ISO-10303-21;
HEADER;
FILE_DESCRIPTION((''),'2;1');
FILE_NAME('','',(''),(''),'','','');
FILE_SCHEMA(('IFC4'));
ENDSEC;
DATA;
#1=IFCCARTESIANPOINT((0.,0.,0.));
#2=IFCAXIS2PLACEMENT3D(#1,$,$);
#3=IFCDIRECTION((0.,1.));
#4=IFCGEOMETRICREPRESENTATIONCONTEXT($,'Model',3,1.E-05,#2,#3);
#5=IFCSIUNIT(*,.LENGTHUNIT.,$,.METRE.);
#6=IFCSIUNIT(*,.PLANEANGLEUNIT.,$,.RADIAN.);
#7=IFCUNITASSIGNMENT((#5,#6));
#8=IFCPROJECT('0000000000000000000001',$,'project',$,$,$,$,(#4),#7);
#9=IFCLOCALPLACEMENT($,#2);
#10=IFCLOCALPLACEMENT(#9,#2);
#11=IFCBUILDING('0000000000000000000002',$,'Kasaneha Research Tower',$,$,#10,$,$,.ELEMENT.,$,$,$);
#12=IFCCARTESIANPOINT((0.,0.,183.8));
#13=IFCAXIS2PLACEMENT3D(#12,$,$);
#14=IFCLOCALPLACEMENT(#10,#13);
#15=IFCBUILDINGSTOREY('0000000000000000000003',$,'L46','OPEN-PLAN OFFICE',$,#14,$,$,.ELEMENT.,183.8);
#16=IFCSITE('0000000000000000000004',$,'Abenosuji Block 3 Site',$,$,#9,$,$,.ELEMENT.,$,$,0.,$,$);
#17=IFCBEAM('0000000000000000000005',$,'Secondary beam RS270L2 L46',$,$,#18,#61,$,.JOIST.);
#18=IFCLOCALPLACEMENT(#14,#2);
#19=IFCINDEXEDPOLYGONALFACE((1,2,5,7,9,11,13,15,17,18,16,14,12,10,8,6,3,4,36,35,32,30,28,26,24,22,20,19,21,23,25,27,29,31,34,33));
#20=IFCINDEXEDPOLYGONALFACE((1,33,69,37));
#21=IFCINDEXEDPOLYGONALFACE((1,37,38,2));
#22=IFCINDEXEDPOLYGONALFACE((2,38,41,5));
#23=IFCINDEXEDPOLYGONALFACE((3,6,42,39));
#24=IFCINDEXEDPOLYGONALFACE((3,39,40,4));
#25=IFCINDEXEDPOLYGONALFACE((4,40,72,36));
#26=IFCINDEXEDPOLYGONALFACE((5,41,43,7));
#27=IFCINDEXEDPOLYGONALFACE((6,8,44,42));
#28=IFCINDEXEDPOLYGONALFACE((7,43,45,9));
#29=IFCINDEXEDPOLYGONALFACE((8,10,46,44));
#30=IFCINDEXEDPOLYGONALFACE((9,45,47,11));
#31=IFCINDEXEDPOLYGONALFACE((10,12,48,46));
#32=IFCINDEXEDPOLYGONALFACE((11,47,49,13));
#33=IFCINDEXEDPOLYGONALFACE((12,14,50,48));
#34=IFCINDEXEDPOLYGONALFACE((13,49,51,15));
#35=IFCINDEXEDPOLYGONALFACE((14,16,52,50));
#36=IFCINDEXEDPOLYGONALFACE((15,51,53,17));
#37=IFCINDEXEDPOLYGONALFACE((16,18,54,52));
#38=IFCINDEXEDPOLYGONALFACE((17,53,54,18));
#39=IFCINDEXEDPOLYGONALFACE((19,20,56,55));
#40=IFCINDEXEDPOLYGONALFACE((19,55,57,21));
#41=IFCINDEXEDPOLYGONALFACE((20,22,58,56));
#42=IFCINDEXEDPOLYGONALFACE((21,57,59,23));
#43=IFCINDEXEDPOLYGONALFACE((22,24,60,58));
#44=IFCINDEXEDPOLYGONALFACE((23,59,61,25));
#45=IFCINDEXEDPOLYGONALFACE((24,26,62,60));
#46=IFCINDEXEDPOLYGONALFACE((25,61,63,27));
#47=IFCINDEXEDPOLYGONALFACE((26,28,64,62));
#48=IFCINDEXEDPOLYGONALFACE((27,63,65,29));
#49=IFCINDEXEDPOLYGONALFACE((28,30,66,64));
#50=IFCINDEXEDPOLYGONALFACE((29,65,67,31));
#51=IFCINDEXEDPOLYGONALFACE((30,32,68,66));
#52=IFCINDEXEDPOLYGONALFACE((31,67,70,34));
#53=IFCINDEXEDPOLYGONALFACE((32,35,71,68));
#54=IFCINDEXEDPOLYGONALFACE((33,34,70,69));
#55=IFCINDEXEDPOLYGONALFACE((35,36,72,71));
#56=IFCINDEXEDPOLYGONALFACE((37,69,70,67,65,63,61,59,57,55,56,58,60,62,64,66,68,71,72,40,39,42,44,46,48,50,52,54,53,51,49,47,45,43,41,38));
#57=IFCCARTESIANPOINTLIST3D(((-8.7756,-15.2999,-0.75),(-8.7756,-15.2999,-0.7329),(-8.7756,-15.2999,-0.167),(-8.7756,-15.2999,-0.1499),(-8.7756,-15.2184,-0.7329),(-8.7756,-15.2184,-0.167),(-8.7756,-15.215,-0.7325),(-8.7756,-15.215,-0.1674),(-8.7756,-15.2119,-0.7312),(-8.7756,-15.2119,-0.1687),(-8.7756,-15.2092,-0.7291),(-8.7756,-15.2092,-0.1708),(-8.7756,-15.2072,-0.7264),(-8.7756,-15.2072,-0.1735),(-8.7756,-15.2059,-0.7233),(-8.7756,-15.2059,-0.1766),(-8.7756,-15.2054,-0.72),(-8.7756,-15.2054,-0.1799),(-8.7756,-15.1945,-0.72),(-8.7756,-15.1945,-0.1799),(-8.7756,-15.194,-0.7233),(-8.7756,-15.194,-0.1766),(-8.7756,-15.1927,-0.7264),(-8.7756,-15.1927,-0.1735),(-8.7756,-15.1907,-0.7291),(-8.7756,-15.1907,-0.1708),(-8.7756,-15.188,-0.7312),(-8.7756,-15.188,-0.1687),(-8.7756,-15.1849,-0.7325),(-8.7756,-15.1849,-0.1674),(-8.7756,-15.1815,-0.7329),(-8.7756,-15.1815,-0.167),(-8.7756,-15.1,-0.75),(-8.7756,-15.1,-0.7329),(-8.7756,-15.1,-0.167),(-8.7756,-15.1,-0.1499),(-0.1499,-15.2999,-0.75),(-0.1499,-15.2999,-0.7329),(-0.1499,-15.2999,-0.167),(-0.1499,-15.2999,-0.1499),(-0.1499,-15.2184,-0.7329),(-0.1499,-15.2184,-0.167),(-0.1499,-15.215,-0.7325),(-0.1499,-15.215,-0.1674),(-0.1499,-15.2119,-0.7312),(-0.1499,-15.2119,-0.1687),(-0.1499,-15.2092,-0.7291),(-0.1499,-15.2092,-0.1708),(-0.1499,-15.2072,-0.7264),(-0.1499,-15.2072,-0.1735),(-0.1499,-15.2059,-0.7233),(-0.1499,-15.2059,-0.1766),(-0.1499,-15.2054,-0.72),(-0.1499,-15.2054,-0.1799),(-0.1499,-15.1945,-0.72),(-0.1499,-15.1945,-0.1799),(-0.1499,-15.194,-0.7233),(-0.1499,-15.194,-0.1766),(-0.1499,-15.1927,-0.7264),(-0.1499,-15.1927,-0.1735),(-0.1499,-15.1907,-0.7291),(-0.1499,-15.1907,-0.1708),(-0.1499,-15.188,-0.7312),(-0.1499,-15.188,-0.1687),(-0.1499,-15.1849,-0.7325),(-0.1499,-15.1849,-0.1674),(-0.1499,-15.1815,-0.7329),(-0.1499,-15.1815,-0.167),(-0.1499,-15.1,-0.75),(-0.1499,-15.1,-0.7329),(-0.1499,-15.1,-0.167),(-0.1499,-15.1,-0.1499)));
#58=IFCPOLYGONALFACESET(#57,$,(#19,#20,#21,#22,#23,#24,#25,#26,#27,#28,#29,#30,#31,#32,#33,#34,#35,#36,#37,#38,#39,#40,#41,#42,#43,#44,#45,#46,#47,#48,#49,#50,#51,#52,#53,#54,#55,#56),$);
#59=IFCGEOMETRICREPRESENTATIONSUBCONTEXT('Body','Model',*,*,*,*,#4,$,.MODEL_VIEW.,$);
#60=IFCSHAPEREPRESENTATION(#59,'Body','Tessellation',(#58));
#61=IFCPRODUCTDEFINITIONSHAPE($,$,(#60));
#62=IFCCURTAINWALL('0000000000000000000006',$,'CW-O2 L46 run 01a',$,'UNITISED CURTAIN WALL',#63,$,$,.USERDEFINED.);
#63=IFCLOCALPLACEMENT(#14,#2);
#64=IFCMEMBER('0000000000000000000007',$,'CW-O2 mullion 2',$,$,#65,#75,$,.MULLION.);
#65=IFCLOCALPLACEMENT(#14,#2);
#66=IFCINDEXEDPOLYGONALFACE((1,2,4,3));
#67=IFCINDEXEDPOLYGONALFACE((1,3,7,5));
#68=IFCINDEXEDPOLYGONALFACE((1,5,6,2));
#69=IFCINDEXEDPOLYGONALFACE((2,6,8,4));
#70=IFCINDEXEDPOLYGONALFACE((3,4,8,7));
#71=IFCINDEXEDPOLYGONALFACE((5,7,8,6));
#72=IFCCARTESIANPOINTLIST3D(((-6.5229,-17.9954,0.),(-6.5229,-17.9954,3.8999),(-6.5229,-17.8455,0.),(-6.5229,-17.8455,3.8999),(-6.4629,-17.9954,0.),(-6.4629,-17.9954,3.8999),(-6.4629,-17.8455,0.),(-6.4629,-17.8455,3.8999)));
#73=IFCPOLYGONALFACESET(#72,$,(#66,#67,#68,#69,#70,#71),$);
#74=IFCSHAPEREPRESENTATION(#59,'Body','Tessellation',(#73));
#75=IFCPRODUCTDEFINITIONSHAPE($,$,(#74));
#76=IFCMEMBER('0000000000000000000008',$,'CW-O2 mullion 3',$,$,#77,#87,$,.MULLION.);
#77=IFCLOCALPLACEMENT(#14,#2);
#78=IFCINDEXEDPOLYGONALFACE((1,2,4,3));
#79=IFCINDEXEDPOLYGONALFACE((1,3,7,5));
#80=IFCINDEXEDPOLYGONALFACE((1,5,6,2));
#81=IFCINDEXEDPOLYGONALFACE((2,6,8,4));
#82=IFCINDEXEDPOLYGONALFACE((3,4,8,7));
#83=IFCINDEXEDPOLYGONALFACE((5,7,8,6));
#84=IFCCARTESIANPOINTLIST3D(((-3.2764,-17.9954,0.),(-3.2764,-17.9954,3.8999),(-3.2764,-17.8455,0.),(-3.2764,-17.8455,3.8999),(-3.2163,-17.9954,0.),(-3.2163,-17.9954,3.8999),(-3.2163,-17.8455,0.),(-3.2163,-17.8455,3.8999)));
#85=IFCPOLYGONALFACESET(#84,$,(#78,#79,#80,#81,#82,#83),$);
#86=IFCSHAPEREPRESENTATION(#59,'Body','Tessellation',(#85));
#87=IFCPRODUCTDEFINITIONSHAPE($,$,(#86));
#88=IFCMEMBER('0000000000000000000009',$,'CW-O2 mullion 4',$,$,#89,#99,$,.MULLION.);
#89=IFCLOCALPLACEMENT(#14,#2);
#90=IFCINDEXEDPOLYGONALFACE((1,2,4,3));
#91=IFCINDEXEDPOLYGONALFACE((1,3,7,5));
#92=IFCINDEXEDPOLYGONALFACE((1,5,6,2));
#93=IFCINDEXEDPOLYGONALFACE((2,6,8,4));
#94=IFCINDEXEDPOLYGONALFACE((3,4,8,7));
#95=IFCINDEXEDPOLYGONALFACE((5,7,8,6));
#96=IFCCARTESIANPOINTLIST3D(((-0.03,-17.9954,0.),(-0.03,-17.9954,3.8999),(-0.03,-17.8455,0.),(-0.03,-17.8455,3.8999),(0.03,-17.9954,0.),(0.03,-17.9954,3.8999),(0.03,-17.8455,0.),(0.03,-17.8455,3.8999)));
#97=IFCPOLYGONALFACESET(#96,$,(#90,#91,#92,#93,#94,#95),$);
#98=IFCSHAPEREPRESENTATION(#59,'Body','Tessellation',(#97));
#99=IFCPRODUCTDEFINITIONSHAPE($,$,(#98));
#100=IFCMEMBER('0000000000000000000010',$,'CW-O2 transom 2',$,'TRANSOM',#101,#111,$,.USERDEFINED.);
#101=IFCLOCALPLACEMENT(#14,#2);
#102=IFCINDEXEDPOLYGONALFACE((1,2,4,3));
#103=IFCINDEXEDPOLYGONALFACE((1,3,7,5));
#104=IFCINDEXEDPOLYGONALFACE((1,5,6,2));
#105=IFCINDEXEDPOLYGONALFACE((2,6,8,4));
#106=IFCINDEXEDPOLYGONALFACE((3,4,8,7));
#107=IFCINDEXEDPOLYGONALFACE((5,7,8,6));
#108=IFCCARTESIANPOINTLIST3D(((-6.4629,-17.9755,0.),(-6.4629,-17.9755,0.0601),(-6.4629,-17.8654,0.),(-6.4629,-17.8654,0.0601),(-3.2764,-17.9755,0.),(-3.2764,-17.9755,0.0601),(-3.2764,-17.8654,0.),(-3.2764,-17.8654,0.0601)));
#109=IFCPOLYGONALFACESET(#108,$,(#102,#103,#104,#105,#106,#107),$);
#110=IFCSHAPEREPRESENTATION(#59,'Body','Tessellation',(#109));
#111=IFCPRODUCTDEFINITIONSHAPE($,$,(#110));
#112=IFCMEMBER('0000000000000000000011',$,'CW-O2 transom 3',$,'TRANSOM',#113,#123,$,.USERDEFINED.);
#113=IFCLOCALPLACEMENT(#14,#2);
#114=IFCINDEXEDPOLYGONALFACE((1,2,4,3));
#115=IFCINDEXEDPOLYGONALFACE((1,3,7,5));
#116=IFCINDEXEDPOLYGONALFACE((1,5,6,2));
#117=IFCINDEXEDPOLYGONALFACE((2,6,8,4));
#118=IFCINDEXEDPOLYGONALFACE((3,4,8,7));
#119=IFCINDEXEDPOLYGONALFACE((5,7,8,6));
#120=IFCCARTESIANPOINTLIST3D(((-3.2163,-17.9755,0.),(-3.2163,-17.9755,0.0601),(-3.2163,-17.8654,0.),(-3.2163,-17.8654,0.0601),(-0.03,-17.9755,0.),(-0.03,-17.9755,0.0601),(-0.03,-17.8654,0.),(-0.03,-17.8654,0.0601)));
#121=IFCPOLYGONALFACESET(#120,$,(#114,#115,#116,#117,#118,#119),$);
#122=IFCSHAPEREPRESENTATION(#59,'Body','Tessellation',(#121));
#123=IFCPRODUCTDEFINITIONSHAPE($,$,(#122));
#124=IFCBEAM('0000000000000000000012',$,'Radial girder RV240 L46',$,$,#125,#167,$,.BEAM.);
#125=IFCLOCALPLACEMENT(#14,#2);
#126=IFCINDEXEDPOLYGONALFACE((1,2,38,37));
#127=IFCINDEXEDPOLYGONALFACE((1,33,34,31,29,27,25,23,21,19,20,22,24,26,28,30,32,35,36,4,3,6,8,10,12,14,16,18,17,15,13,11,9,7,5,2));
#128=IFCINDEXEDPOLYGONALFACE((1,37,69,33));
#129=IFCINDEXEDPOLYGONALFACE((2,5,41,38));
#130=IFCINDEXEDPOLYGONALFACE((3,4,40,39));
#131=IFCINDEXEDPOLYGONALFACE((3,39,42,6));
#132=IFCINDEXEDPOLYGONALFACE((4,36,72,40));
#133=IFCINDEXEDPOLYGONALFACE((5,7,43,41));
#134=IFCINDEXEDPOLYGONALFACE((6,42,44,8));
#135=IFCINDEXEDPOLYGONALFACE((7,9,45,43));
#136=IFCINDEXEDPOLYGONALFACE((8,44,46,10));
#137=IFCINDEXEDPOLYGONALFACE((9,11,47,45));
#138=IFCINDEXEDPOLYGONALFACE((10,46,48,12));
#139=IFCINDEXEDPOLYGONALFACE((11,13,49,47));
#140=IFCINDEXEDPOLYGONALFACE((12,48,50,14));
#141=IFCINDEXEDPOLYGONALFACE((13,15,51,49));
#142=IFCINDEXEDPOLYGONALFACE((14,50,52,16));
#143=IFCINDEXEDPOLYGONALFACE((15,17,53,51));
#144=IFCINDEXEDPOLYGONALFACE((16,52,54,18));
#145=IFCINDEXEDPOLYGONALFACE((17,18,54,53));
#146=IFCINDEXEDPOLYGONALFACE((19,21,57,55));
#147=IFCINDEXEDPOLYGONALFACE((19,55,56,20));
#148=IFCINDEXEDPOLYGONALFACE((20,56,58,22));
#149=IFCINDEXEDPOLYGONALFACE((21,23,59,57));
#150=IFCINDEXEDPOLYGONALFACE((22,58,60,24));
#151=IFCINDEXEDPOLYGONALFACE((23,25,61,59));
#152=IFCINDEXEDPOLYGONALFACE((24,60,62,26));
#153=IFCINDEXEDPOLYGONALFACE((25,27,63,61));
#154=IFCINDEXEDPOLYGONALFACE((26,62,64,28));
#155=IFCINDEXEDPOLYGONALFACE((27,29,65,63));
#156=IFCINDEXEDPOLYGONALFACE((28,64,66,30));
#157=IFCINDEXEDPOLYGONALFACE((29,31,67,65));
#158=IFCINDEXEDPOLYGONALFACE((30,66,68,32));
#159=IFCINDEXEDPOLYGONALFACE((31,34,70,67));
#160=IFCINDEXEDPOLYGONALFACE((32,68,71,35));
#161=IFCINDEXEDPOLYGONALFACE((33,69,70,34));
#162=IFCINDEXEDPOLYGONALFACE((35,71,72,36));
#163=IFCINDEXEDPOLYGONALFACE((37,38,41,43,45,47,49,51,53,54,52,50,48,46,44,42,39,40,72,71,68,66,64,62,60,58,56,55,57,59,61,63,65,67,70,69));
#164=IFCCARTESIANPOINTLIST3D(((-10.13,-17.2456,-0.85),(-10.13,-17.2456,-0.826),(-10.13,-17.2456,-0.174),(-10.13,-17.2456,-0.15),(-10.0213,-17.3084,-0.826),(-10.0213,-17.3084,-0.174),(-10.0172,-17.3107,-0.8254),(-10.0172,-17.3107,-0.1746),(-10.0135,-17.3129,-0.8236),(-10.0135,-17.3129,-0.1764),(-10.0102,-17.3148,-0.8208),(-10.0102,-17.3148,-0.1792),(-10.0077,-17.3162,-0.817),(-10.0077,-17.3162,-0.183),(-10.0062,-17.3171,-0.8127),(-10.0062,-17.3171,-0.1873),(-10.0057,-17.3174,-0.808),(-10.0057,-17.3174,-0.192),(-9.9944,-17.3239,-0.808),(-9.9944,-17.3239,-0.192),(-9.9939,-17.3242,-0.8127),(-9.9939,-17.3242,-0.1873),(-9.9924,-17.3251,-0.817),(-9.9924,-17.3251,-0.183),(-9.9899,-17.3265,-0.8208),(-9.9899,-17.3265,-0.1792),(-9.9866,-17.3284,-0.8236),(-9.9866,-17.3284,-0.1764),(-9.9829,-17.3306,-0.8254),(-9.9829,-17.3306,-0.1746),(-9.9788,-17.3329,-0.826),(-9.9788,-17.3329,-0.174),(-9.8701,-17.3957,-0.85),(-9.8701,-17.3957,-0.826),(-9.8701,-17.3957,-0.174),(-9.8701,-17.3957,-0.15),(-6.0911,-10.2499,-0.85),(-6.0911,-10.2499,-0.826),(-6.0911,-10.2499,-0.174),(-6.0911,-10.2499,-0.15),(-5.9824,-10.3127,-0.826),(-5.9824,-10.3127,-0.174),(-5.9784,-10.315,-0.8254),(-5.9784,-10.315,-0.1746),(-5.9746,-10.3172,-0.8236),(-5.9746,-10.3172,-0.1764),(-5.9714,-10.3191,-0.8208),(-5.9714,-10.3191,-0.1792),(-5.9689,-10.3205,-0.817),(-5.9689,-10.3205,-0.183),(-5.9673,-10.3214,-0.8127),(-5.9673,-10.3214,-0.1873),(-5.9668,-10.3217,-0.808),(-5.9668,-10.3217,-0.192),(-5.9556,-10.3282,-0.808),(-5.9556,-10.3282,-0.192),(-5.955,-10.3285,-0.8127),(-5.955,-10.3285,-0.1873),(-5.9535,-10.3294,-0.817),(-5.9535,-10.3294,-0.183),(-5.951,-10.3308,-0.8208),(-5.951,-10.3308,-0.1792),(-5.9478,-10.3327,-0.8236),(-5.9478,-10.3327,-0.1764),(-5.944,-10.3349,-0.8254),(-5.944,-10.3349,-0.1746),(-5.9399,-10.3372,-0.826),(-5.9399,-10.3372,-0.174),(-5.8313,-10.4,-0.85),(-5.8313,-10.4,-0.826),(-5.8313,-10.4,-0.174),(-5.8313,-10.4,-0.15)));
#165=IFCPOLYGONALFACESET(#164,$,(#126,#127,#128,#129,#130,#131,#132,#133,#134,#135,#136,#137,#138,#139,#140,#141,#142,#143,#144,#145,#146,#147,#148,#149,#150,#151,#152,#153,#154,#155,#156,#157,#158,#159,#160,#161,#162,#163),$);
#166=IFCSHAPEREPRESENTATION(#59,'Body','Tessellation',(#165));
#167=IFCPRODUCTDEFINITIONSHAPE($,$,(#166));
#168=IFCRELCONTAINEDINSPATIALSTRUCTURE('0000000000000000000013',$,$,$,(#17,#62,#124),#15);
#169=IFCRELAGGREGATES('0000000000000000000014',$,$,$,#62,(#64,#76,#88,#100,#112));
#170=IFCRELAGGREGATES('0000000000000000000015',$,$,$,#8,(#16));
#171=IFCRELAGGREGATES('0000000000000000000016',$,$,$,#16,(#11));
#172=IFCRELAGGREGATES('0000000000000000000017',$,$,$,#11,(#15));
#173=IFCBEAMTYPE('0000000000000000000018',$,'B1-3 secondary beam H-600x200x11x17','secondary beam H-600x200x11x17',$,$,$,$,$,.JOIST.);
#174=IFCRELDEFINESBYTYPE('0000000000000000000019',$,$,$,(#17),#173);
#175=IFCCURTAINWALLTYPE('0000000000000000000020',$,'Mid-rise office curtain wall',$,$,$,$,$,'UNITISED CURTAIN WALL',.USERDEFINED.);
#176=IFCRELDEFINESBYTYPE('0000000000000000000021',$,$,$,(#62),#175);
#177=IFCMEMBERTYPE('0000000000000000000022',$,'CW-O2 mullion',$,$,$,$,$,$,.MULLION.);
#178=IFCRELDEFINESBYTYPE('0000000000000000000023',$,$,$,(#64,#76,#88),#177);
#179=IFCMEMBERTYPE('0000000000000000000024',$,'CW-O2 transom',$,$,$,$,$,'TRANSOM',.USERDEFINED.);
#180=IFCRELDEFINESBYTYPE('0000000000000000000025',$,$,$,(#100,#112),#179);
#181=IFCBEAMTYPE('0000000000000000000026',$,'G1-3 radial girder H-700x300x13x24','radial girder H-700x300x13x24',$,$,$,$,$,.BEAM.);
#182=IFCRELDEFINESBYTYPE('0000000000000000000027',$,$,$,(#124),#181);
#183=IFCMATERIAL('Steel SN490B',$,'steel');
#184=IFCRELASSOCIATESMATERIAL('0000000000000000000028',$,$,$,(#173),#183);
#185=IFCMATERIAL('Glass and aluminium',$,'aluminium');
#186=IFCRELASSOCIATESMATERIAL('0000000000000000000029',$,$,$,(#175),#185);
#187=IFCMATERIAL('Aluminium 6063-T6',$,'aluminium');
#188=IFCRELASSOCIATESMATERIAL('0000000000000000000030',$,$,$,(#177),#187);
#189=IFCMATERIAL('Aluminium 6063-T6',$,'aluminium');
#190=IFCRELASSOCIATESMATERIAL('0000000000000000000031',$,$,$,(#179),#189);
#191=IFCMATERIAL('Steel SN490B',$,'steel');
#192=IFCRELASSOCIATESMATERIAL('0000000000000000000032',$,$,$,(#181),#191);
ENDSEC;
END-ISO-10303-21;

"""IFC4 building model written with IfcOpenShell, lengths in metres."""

from ifc_helpers import new_model, si_unit, direction, frame, origin, origin_2d, place, context, subcontext, project, spatial, rectangle, i_section, extrude, material, material_profile, profile_set, type_object, element, aggregate, save


model = new_model("IFC4")

# Units and contexts
model_context = context("Model", 3, precision=1e-05, world=origin(), true_north=direction((0.0, 1.0)))
body_context = subcontext(model_context, "Body", "Model", "MODEL_VIEW")
ifc_project = project(units=[si_unit("LENGTHUNIT", "METRE"), si_unit("PLANEANGLEUNIT", "RADIAN")], contexts=[model_context])

# Site, building, storey
site_placement = place(None, origin())
site = spatial("IfcSite", under=ifc_project, at=site_placement, Name="Abenosuji Block 3 Site", CompositionType="ELEMENT", RefElevation=0.0)
building_placement = place(site_placement, origin())
building = spatial("IfcBuilding", under=site, at=building_placement, Name="Kasaneha Research Tower", CompositionType="ELEMENT")
storey_placement = place(building_placement, frame((0.0, 0.0, 183.8)))
storey = spatial("IfcBuildingStorey", under=building, at=storey_placement, Name="L46", Description="OPEN-PLAN OFFICE", CompositionType="ELEMENT", Elevation=183.8)

# Beam
ifc_material_1 = material(Name="Steel SN490B", Category="steel")
ifc_material_profile_1 = material_profile(ifc_material_1, i_section(OverallWidth=0.2, OverallDepth=0.6001, WebThickness=0.011, FlangeThickness=0.0171, FilletRadius=0.0129, at=origin_2d()), Name="H-600x200x11x17")
ifc_profile_set_1 = profile_set([ifc_material_profile_1], Name="Steel SN490B")
beam_type_1 = type_object("IfcBeamType", Name="B1-3 secondary beam H-600x200x11x17", Description="secondary beam H-600x200x11x17", PredefinedType="JOIST", material=ifc_profile_set_1)
beam_1_placement = place(storey_placement, frame((-8.7756, -15.2, -0.45), z_axis=(1.0, 0.0, 0.0), x_axis=(0.0, 1.0, 0.0)))
element("IfcBeam", 1, at=beam_1_placement, inside=storey, type_object=beam_type_1, Name="Secondary beam RS270L2 L46", PredefinedType="JOIST", context=body_context, shape_type="SweptSolid", body=[
    extrude(i_section(OverallWidth=0.2, OverallDepth=0.6001, WebThickness=0.011, FlangeThickness=0.0171, FilletRadius=0.0129, at=origin_2d()), origin(), (0.0, 0.0, 1.0), 8.6257),
])

# Curtain wall, members
ifc_material_2 = material(Name="Glass and aluminium", Category="aluminium")
curtain_wall_type = type_object("IfcCurtainWallType", Name="Mid-rise office curtain wall", ElementType="UNITISED CURTAIN WALL", PredefinedType="USERDEFINED", material=ifc_material_2)
curtain_wall_placement = place(storey_placement, origin())
curtain_wall = element("IfcCurtainWall", 2, at=curtain_wall_placement, inside=storey, type_object=curtain_wall_type, Name="CW-O2 L46 run 01a", ObjectType="UNITISED CURTAIN WALL", PredefinedType="USERDEFINED")
ifc_material_3 = material(Name="Aluminium 6063-T6", Category="aluminium")
ifc_material_profile_2 = material_profile(ifc_material_3, rectangle(XDim=0.0601, YDim=0.1499, at=origin_2d()), Name="CW-O2 mullion 60x150")
ifc_profile_set_2 = profile_set([ifc_material_profile_2], Name="Aluminium 6063-T6")
member_type_1 = type_object("IfcMemberType", Name="CW-O2 mullion", PredefinedType="MULLION", material=ifc_profile_set_2)
member_1_placement = place(storey_placement, frame((-6.4929, -17.9204, 0.0), z_axis=(0.0, 0.0, 1.0), x_axis=(1.0, 0.0, 0.0)))
member_1 = element("IfcMember", 3, at=member_1_placement, type_object=member_type_1, Name="CW-O2 mullion 2", PredefinedType="MULLION", context=body_context, shape_type="SweptSolid", body=[
    extrude(rectangle(XDim=0.0601, YDim=0.1499, at=origin_2d()), origin(), (0.0, 0.0, 1.0), 3.8999),
])
member_2_placement = place(storey_placement, frame((-3.2463, -17.9204, 0.0), z_axis=(0.0, 0.0, 1.0), x_axis=(1.0, 0.0, 0.0)))
member_2 = element("IfcMember", 4, at=member_2_placement, type_object=member_type_1, Name="CW-O2 mullion 3", PredefinedType="MULLION", context=body_context, shape_type="SweptSolid", body=[
    extrude(rectangle(XDim=0.0601, YDim=0.1499, at=origin_2d()), origin(), (0.0, 0.0, 1.0), 3.8999),
])
member_3_placement = place(storey_placement, frame((0.0, -17.9204, 0.0), z_axis=(0.0, 0.0, 1.0), x_axis=(1.0, 0.0, 0.0)))
member_3 = element("IfcMember", 5, at=member_3_placement, type_object=member_type_1, Name="CW-O2 mullion 4", PredefinedType="MULLION", context=body_context, shape_type="SweptSolid", body=[
    extrude(rectangle(XDim=0.0601, YDim=0.1499, at=origin_2d()), origin(), (0.0, 0.0, 1.0), 3.8999),
])
ifc_material_4 = material(Name="Aluminium 6063-T6", Category="aluminium")
ifc_material_profile_3 = material_profile(ifc_material_4, rectangle(XDim=0.1101, YDim=0.0601, at=origin_2d()), Name="CW-O2 transom 110x60")
ifc_profile_set_3 = profile_set([ifc_material_profile_3], Name="Aluminium 6063-T6")
member_type_2 = type_object("IfcMemberType", Name="CW-O2 transom", ElementType="TRANSOM", PredefinedType="USERDEFINED", material=ifc_profile_set_3)
member_4_placement = place(storey_placement, frame((-6.4629, -17.9204, 0.03), z_axis=(1.0, 0.0, 0.0), x_axis=(0.0, 1.0, 0.0)))
member_4 = element("IfcMember", 6, at=member_4_placement, type_object=member_type_2, Name="CW-O2 transom 2", ObjectType="TRANSOM", PredefinedType="USERDEFINED", context=body_context, shape_type="SweptSolid", body=[
    extrude(rectangle(XDim=0.1101, YDim=0.0601, at=origin_2d()), origin(), (0.0, 0.0, 1.0), 3.1865),
])
member_5_placement = place(storey_placement, frame((-3.2163, -17.9204, 0.03), z_axis=(1.0, 0.0, 0.0), x_axis=(0.0, 1.0, 0.0)))
member_5 = element("IfcMember", 7, at=member_5_placement, type_object=member_type_2, Name="CW-O2 transom 3", ObjectType="TRANSOM", PredefinedType="USERDEFINED", context=body_context, shape_type="SweptSolid", body=[
    extrude(rectangle(XDim=0.1101, YDim=0.0601, at=origin_2d()), origin(), (0.0, 0.0, 1.0), 3.1863),
])

# Beam
ifc_material_5 = material(Name="Steel SN490B", Category="steel")
ifc_material_profile_4 = material_profile(ifc_material_5, i_section(OverallWidth=0.3, OverallDepth=0.7, WebThickness=0.0129, FlangeThickness=0.0239, FilletRadius=0.0181, at=origin_2d()), Name="H-700x300x13x24")
ifc_profile_set_4 = profile_set([ifc_material_profile_4], Name="Steel SN490B")
beam_type_2 = type_object("IfcBeamType", Name="G1-3 radial girder H-700x300x13x24", Description="radial girder H-700x300x13x24", PredefinedType="BEAM", material=ifc_profile_set_4)
beam_2_placement = place(storey_placement, frame((-5.9612, -10.325, -0.5), z_axis=(-0.499991, -0.866031, 0.0), x_axis=(0.866031, -0.499991, 0.0)))
element("IfcBeam", 8, at=beam_2_placement, inside=storey, type_object=beam_type_2, Name="Radial girder RV240 L46", PredefinedType="BEAM", context=body_context, shape_type="SweptSolid", body=[
    extrude(i_section(OverallWidth=0.3, OverallDepth=0.7, WebThickness=0.0129, FlangeThickness=0.0239, FilletRadius=0.0181, at=origin_2d()), origin(), (0.0, 0.0, 1.0), 8.0779),
])

aggregate(curtain_wall, [member_1, member_2, member_3, member_4, member_5])

save(model, "model.ifc")
